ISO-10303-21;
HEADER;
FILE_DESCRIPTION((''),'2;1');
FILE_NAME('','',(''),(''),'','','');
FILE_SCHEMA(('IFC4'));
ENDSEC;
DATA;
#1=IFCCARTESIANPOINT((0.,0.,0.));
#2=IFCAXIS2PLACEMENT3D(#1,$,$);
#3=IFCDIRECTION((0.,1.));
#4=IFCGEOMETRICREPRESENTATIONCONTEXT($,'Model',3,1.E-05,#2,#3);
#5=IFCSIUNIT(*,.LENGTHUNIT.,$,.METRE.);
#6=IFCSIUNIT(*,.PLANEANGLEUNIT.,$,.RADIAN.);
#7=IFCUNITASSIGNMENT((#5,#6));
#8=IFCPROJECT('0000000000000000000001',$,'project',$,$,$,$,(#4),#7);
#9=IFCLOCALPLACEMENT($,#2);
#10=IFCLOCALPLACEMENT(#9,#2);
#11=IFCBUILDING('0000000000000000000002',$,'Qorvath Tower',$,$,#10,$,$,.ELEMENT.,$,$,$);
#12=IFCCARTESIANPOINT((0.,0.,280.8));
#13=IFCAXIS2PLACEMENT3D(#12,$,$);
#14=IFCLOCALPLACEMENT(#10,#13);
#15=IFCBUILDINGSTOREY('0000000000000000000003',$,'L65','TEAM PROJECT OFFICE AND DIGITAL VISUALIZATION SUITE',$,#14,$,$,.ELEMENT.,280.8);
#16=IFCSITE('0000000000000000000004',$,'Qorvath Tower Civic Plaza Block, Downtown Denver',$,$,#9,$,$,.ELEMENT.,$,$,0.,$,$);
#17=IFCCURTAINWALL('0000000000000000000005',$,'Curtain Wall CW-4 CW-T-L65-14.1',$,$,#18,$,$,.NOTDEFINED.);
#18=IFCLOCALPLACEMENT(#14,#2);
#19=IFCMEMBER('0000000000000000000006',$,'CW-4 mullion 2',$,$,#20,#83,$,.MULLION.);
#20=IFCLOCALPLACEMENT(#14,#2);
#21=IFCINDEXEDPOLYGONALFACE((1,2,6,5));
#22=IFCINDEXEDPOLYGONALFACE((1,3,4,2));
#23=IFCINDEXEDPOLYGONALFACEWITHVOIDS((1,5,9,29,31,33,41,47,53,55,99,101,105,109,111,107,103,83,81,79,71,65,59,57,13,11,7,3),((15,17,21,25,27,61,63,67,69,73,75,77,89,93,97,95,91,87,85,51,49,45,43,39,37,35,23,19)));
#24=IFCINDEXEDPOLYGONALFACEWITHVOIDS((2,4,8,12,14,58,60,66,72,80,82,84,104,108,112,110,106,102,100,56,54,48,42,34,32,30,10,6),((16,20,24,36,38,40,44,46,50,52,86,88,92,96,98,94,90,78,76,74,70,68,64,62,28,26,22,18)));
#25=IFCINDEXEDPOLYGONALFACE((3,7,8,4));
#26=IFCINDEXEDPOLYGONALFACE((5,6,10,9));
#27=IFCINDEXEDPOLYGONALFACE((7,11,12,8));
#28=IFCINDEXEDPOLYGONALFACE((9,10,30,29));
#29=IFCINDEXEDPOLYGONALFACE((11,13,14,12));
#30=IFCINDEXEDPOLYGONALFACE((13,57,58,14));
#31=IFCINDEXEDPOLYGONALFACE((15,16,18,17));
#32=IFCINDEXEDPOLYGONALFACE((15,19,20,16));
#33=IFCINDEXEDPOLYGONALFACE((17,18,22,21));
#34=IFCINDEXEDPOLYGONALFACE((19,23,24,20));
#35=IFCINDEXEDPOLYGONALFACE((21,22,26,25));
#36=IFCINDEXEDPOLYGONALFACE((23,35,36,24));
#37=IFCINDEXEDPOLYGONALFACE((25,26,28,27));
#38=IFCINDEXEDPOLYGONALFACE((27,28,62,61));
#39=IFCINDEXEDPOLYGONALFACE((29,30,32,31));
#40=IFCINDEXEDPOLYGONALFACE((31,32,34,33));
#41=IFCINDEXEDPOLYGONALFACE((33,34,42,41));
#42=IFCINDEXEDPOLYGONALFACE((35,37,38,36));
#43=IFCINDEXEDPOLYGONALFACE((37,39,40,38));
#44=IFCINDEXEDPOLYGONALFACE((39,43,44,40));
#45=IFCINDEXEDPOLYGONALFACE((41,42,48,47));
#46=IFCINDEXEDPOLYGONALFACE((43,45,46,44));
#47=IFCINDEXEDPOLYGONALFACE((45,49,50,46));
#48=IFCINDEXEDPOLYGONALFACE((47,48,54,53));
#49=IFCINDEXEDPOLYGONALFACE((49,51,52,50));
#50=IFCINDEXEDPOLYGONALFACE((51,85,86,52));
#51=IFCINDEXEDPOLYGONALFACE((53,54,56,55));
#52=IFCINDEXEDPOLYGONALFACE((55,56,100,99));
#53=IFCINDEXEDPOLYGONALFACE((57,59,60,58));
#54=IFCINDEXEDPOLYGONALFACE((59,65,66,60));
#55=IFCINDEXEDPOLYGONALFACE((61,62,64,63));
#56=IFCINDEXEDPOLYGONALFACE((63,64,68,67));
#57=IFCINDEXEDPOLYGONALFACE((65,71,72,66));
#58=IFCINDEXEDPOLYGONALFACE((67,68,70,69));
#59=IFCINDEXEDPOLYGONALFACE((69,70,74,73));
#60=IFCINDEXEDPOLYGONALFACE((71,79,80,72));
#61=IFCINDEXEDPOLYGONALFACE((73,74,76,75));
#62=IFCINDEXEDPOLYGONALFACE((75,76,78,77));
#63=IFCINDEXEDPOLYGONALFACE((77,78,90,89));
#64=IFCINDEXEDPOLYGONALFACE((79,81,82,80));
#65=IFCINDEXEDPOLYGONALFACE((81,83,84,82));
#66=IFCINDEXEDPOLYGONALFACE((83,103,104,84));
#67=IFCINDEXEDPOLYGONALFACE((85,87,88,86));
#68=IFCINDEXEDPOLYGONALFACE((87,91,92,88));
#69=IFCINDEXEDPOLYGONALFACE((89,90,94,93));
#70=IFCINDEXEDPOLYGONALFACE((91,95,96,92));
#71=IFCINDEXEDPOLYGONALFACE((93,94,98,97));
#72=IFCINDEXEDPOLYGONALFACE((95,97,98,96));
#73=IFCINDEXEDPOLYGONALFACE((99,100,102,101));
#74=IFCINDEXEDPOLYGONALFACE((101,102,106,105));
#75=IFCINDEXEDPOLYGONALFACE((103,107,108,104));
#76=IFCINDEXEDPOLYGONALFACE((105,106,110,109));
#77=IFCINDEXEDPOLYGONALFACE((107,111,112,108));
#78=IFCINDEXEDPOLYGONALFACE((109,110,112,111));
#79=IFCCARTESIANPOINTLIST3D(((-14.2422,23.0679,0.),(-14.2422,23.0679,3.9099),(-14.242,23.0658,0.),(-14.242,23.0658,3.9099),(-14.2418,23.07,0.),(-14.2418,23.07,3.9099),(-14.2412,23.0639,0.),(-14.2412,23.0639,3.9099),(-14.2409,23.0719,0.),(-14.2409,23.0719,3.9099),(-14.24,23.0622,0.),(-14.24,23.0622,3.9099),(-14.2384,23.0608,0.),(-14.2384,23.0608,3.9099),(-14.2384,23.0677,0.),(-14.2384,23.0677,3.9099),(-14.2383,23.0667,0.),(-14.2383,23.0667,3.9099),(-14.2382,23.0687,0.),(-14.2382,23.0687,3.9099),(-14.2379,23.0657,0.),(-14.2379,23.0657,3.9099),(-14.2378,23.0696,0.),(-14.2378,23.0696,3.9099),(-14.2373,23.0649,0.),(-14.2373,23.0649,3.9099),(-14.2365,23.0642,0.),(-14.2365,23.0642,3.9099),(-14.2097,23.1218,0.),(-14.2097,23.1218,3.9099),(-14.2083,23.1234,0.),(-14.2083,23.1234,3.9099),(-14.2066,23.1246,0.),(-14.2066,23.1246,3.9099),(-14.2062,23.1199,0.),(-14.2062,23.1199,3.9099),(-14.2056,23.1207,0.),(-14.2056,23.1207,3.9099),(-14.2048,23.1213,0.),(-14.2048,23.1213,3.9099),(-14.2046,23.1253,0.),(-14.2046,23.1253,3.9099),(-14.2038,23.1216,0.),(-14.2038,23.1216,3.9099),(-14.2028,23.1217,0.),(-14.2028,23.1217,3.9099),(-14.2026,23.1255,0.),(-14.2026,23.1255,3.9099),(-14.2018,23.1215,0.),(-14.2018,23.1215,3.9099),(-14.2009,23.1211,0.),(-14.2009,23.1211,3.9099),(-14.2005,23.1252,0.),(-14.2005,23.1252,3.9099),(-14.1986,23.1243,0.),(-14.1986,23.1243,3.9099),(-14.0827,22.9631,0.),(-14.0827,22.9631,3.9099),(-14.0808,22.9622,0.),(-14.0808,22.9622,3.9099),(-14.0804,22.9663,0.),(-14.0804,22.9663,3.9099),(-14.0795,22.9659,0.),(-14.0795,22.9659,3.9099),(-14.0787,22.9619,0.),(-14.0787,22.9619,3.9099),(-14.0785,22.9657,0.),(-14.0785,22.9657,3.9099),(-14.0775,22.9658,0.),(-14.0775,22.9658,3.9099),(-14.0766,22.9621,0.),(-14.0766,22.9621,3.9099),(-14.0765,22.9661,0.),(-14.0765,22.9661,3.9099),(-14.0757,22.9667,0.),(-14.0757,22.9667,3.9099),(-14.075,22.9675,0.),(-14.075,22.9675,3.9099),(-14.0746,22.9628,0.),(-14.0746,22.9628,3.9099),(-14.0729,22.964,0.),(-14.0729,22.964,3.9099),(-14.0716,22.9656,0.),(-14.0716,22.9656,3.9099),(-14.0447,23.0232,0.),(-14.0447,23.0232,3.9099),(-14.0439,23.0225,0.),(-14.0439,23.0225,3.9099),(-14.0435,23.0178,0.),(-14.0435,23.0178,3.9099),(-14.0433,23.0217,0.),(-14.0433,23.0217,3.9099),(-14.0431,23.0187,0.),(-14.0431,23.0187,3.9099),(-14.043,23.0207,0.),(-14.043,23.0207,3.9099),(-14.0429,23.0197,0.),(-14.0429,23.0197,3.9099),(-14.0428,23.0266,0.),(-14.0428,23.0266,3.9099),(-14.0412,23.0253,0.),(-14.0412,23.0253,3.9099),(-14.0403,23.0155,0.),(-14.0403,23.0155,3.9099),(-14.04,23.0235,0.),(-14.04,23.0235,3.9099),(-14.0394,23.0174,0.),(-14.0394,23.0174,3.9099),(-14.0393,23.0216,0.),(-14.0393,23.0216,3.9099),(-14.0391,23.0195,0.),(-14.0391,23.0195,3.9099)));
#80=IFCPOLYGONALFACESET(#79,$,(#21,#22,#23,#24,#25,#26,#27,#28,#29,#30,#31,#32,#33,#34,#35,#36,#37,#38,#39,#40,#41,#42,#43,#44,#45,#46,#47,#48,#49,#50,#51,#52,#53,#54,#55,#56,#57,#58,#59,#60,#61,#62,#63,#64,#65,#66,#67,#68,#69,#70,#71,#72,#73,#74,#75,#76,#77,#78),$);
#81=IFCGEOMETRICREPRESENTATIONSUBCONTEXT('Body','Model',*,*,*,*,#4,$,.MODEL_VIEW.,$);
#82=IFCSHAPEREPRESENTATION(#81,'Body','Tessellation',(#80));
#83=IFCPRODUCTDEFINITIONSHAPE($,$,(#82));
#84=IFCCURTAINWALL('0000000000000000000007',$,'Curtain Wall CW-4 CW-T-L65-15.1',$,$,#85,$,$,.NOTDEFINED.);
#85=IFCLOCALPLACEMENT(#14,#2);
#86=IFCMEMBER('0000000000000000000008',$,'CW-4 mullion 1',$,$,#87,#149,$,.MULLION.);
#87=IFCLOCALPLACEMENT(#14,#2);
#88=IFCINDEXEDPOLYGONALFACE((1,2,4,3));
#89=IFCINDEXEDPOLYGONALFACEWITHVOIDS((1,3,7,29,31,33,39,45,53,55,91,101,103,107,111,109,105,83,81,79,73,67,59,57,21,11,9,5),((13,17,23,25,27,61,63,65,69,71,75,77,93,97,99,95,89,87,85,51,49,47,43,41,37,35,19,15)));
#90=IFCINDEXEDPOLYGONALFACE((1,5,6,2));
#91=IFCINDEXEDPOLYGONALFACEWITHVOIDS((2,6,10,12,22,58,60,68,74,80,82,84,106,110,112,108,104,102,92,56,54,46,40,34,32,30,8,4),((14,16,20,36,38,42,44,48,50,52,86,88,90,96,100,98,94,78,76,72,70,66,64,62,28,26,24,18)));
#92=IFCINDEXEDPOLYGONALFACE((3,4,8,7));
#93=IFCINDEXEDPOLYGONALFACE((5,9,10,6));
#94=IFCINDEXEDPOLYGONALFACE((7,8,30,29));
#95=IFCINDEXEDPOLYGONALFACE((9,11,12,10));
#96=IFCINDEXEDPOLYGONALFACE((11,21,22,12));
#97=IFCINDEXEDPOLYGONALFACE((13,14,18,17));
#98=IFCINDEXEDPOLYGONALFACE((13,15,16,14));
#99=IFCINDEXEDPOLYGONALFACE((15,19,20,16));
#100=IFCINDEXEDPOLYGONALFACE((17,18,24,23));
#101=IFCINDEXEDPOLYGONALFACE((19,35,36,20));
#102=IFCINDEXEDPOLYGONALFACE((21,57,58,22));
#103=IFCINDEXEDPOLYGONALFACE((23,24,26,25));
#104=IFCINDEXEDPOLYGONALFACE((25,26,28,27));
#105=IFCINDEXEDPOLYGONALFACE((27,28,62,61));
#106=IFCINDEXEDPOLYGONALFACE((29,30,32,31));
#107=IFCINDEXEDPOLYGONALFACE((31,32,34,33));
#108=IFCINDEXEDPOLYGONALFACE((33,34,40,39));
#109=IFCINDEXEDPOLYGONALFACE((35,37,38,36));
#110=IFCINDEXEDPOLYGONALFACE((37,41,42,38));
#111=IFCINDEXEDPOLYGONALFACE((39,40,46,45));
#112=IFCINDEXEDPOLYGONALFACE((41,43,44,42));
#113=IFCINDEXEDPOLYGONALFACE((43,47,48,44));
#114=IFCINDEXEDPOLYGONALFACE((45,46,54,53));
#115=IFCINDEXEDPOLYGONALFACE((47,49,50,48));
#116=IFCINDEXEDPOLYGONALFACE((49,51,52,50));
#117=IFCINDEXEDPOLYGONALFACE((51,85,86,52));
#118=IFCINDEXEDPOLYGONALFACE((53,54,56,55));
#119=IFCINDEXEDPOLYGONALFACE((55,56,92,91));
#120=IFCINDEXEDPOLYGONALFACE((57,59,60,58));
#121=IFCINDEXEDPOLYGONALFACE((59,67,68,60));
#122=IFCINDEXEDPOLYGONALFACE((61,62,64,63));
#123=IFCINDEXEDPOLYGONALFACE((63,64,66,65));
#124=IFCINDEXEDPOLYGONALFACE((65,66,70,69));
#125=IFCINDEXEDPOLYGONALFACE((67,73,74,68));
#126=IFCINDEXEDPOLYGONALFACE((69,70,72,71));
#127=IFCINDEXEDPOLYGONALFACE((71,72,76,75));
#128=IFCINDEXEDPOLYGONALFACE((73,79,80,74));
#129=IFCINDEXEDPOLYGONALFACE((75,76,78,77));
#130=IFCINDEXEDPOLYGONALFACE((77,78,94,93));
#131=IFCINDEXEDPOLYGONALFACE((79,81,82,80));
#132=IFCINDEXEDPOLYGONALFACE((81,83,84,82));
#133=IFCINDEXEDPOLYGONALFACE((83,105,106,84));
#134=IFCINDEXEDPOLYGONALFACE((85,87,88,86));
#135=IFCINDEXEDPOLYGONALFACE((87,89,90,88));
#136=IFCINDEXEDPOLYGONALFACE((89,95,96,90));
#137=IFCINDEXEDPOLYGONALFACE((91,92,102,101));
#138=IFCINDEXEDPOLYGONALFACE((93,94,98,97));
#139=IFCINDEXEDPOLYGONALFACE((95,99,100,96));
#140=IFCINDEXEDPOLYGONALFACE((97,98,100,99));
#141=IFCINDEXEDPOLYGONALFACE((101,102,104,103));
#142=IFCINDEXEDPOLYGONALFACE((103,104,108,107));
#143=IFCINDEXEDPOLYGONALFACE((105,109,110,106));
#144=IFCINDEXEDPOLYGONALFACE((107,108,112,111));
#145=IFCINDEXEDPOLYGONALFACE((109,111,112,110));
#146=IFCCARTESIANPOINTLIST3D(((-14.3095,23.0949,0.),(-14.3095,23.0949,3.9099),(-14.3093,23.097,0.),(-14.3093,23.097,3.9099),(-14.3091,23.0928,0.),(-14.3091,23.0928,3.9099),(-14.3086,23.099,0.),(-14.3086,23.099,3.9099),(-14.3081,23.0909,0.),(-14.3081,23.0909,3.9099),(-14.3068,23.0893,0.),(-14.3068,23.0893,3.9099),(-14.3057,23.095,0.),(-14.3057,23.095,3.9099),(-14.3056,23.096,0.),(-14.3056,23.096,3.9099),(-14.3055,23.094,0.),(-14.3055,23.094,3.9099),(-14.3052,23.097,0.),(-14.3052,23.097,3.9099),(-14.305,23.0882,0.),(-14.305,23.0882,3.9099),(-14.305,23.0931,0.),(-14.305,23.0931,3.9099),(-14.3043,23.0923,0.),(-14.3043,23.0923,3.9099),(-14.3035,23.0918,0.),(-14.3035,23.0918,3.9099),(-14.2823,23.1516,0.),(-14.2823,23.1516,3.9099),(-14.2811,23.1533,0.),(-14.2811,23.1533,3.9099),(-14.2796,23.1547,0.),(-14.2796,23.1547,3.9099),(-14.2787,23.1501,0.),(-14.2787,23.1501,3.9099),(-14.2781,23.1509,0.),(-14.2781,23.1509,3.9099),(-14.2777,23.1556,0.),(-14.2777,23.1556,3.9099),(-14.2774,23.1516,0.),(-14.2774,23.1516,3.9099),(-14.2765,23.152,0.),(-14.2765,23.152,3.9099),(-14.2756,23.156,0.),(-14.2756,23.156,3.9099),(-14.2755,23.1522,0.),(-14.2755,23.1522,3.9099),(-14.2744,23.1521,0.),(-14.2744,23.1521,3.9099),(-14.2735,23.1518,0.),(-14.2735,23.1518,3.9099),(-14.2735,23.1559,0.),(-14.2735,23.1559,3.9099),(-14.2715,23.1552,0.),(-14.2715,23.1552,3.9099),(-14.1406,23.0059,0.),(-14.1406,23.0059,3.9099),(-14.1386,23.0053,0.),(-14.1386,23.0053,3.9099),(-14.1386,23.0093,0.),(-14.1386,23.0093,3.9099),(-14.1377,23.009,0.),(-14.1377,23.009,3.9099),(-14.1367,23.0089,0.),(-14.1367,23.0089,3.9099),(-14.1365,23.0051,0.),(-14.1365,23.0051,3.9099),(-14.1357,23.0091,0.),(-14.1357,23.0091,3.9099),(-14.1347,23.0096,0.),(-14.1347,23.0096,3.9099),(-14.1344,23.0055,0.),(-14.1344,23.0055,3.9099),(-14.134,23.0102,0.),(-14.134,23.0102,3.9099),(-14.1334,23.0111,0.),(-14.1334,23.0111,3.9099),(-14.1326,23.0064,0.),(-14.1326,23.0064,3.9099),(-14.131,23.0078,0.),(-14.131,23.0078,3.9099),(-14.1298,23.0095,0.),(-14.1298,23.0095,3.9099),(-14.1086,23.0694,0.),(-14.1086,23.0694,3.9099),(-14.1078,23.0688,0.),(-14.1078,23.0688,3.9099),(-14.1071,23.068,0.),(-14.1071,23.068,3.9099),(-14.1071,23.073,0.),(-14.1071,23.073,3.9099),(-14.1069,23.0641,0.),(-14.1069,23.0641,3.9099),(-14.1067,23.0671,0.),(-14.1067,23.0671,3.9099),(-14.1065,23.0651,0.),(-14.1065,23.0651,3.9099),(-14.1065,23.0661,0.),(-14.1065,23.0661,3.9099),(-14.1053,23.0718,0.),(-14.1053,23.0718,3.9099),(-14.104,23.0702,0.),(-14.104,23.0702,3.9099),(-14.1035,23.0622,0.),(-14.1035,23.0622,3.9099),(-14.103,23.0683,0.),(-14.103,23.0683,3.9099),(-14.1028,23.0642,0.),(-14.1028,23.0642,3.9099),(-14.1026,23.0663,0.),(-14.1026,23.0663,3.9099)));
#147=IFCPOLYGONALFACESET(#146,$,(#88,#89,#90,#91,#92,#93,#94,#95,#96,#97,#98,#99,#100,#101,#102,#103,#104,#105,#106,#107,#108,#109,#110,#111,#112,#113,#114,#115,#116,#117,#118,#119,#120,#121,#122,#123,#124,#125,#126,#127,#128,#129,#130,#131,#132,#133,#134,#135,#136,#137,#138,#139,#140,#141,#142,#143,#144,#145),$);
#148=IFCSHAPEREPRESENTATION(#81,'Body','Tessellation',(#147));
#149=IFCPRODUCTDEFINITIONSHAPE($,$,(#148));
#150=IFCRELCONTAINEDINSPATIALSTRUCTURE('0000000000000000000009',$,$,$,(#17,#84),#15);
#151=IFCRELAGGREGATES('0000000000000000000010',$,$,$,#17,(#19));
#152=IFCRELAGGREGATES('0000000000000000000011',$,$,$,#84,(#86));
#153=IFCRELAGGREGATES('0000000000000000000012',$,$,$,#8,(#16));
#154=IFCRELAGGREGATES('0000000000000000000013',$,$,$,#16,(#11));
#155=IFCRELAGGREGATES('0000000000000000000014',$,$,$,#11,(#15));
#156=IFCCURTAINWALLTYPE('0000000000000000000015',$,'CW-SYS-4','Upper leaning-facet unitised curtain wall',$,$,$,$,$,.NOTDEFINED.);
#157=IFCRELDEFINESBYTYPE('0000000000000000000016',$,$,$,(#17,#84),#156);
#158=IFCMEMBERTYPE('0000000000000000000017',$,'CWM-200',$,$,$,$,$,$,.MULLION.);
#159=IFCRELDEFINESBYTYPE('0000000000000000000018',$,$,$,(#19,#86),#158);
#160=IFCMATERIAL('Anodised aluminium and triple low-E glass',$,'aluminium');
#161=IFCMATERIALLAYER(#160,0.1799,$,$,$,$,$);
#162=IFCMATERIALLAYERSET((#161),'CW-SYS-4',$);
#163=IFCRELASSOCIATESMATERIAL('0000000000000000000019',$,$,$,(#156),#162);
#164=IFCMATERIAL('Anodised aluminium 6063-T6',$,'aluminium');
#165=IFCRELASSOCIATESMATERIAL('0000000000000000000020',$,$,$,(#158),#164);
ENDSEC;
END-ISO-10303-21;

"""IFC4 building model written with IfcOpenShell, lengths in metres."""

from ifc_helpers import new_model, si_unit, direction, frame, origin, origin_2d, place, context, subcontext, project, spatial, hollow_rectangle, extrude, material, layer, layer_set, material_profile, profile_set, type_object, element, aggregate, save


model = new_model("IFC4")

# Units and contexts
model_context = context("Model", 3, precision=1e-05, world=origin(), true_north=direction((0.0, 1.0)))
body_context = subcontext(model_context, "Body", "Model", "MODEL_VIEW")
ifc_project = project(units=[si_unit("LENGTHUNIT", "METRE"), si_unit("PLANEANGLEUNIT", "RADIAN")], contexts=[model_context])

# Site, building, storey
site_placement = place(None, origin())
site = spatial("IfcSite", under=ifc_project, at=site_placement, Name="Qorvath Tower Civic Plaza Block, Downtown Denver", CompositionType="ELEMENT", RefElevation=0.0)
building_placement = place(site_placement, origin())
building = spatial("IfcBuilding", under=site, at=building_placement, Name="Qorvath Tower", CompositionType="ELEMENT")
storey_placement = place(building_placement, frame((0.0, 0.0, 280.8)))
storey = spatial("IfcBuildingStorey", under=building, at=storey_placement, Name="L65", Description="TEAM PROJECT OFFICE AND DIGITAL VISUALIZATION SUITE", CompositionType="ELEMENT", Elevation=280.8)

# Shared definitions
ifc_material_1 = material(Name="Anodised aluminium and triple low-E glass", Category="aluminium")
ifc_layer_1 = layer(ifc_material_1, 0.1799)
ifc_layer_set_1 = layer_set([ifc_layer_1], Name="CW-SYS-4")
curtain_wall_type = type_object("IfcCurtainWallType", Name="CW-SYS-4", Description="Upper leaning-facet unitised curtain wall", PredefinedType="NOTDEFINED", material=ifc_layer_set_1)
ifc_material_2 = material(Name="Anodised aluminium 6063-T6", Category="aluminium")
ifc_material_profile_1 = material_profile(ifc_material_2, hollow_rectangle(XDim=0.075, YDim=0.2, WallThickness=0.0039, InnerFilletRadius=0.0039, OuterFilletRadius=0.0081, at=origin_2d()), Name="CWM 200x75")
ifc_profile_set_1 = profile_set([ifc_material_profile_1], Name="Anodised aluminium 6063-T6")
member_type_1 = type_object("IfcMemberType", Name="CWM-200", PredefinedType="MULLION", material=ifc_profile_set_1)

# Curtain walls, members
curtain_wall_1_placement = place(storey_placement, origin())
curtain_wall_1 = element("IfcCurtainWall", 1, at=curtain_wall_1_placement, inside=storey, type_object=curtain_wall_type, Name="Curtain Wall CW-4 CW-T-L65-14.1", PredefinedType="NOTDEFINED")
member_1_placement = place(storey_placement, frame((-14.1406, 23.0437, 0.0), z_axis=(0.0, 0.0, 1.0), x_axis=(-0.531481, -0.84707, 0.0)))
member_1 = element("IfcMember", 2, at=member_1_placement, type_object=member_type_1, Name="CW-4 mullion 2", PredefinedType="MULLION", context=body_context, shape_type="SweptSolid", body=[
    extrude(hollow_rectangle(XDim=0.075, YDim=0.2, WallThickness=0.0039, InnerFilletRadius=0.0039, OuterFilletRadius=0.0081, at=origin_2d()), origin(), (0.0, 0.0, 1.0), 3.9099),
])
curtain_wall_2_placement = place(storey_placement, origin())
curtain_wall_2 = element("IfcCurtainWall", 3, at=curtain_wall_2_placement, inside=storey, type_object=curtain_wall_type, Name="Curtain Wall CW-4 CW-T-L65-15.1", PredefinedType="NOTDEFINED")
member_2_placement = place(storey_placement, frame((-14.2061, 23.0806, 0.0), z_axis=(0.0, 0.0, 1.0), x_axis=(-0.447224, -0.894422, 0.0)))
member_2 = element("IfcMember", 4, at=member_2_placement, type_object=member_type_1, Name="CW-4 mullion 1", PredefinedType="MULLION", context=body_context, shape_type="SweptSolid", body=[
    extrude(hollow_rectangle(XDim=0.075, YDim=0.2, WallThickness=0.0039, InnerFilletRadius=0.0039, OuterFilletRadius=0.0081, at=origin_2d()), origin(), (0.0, 0.0, 1.0), 3.9099),
])

aggregate(curtain_wall_1, [member_1])
aggregate(curtain_wall_2, [member_2])

save(model, "model.ifc")
